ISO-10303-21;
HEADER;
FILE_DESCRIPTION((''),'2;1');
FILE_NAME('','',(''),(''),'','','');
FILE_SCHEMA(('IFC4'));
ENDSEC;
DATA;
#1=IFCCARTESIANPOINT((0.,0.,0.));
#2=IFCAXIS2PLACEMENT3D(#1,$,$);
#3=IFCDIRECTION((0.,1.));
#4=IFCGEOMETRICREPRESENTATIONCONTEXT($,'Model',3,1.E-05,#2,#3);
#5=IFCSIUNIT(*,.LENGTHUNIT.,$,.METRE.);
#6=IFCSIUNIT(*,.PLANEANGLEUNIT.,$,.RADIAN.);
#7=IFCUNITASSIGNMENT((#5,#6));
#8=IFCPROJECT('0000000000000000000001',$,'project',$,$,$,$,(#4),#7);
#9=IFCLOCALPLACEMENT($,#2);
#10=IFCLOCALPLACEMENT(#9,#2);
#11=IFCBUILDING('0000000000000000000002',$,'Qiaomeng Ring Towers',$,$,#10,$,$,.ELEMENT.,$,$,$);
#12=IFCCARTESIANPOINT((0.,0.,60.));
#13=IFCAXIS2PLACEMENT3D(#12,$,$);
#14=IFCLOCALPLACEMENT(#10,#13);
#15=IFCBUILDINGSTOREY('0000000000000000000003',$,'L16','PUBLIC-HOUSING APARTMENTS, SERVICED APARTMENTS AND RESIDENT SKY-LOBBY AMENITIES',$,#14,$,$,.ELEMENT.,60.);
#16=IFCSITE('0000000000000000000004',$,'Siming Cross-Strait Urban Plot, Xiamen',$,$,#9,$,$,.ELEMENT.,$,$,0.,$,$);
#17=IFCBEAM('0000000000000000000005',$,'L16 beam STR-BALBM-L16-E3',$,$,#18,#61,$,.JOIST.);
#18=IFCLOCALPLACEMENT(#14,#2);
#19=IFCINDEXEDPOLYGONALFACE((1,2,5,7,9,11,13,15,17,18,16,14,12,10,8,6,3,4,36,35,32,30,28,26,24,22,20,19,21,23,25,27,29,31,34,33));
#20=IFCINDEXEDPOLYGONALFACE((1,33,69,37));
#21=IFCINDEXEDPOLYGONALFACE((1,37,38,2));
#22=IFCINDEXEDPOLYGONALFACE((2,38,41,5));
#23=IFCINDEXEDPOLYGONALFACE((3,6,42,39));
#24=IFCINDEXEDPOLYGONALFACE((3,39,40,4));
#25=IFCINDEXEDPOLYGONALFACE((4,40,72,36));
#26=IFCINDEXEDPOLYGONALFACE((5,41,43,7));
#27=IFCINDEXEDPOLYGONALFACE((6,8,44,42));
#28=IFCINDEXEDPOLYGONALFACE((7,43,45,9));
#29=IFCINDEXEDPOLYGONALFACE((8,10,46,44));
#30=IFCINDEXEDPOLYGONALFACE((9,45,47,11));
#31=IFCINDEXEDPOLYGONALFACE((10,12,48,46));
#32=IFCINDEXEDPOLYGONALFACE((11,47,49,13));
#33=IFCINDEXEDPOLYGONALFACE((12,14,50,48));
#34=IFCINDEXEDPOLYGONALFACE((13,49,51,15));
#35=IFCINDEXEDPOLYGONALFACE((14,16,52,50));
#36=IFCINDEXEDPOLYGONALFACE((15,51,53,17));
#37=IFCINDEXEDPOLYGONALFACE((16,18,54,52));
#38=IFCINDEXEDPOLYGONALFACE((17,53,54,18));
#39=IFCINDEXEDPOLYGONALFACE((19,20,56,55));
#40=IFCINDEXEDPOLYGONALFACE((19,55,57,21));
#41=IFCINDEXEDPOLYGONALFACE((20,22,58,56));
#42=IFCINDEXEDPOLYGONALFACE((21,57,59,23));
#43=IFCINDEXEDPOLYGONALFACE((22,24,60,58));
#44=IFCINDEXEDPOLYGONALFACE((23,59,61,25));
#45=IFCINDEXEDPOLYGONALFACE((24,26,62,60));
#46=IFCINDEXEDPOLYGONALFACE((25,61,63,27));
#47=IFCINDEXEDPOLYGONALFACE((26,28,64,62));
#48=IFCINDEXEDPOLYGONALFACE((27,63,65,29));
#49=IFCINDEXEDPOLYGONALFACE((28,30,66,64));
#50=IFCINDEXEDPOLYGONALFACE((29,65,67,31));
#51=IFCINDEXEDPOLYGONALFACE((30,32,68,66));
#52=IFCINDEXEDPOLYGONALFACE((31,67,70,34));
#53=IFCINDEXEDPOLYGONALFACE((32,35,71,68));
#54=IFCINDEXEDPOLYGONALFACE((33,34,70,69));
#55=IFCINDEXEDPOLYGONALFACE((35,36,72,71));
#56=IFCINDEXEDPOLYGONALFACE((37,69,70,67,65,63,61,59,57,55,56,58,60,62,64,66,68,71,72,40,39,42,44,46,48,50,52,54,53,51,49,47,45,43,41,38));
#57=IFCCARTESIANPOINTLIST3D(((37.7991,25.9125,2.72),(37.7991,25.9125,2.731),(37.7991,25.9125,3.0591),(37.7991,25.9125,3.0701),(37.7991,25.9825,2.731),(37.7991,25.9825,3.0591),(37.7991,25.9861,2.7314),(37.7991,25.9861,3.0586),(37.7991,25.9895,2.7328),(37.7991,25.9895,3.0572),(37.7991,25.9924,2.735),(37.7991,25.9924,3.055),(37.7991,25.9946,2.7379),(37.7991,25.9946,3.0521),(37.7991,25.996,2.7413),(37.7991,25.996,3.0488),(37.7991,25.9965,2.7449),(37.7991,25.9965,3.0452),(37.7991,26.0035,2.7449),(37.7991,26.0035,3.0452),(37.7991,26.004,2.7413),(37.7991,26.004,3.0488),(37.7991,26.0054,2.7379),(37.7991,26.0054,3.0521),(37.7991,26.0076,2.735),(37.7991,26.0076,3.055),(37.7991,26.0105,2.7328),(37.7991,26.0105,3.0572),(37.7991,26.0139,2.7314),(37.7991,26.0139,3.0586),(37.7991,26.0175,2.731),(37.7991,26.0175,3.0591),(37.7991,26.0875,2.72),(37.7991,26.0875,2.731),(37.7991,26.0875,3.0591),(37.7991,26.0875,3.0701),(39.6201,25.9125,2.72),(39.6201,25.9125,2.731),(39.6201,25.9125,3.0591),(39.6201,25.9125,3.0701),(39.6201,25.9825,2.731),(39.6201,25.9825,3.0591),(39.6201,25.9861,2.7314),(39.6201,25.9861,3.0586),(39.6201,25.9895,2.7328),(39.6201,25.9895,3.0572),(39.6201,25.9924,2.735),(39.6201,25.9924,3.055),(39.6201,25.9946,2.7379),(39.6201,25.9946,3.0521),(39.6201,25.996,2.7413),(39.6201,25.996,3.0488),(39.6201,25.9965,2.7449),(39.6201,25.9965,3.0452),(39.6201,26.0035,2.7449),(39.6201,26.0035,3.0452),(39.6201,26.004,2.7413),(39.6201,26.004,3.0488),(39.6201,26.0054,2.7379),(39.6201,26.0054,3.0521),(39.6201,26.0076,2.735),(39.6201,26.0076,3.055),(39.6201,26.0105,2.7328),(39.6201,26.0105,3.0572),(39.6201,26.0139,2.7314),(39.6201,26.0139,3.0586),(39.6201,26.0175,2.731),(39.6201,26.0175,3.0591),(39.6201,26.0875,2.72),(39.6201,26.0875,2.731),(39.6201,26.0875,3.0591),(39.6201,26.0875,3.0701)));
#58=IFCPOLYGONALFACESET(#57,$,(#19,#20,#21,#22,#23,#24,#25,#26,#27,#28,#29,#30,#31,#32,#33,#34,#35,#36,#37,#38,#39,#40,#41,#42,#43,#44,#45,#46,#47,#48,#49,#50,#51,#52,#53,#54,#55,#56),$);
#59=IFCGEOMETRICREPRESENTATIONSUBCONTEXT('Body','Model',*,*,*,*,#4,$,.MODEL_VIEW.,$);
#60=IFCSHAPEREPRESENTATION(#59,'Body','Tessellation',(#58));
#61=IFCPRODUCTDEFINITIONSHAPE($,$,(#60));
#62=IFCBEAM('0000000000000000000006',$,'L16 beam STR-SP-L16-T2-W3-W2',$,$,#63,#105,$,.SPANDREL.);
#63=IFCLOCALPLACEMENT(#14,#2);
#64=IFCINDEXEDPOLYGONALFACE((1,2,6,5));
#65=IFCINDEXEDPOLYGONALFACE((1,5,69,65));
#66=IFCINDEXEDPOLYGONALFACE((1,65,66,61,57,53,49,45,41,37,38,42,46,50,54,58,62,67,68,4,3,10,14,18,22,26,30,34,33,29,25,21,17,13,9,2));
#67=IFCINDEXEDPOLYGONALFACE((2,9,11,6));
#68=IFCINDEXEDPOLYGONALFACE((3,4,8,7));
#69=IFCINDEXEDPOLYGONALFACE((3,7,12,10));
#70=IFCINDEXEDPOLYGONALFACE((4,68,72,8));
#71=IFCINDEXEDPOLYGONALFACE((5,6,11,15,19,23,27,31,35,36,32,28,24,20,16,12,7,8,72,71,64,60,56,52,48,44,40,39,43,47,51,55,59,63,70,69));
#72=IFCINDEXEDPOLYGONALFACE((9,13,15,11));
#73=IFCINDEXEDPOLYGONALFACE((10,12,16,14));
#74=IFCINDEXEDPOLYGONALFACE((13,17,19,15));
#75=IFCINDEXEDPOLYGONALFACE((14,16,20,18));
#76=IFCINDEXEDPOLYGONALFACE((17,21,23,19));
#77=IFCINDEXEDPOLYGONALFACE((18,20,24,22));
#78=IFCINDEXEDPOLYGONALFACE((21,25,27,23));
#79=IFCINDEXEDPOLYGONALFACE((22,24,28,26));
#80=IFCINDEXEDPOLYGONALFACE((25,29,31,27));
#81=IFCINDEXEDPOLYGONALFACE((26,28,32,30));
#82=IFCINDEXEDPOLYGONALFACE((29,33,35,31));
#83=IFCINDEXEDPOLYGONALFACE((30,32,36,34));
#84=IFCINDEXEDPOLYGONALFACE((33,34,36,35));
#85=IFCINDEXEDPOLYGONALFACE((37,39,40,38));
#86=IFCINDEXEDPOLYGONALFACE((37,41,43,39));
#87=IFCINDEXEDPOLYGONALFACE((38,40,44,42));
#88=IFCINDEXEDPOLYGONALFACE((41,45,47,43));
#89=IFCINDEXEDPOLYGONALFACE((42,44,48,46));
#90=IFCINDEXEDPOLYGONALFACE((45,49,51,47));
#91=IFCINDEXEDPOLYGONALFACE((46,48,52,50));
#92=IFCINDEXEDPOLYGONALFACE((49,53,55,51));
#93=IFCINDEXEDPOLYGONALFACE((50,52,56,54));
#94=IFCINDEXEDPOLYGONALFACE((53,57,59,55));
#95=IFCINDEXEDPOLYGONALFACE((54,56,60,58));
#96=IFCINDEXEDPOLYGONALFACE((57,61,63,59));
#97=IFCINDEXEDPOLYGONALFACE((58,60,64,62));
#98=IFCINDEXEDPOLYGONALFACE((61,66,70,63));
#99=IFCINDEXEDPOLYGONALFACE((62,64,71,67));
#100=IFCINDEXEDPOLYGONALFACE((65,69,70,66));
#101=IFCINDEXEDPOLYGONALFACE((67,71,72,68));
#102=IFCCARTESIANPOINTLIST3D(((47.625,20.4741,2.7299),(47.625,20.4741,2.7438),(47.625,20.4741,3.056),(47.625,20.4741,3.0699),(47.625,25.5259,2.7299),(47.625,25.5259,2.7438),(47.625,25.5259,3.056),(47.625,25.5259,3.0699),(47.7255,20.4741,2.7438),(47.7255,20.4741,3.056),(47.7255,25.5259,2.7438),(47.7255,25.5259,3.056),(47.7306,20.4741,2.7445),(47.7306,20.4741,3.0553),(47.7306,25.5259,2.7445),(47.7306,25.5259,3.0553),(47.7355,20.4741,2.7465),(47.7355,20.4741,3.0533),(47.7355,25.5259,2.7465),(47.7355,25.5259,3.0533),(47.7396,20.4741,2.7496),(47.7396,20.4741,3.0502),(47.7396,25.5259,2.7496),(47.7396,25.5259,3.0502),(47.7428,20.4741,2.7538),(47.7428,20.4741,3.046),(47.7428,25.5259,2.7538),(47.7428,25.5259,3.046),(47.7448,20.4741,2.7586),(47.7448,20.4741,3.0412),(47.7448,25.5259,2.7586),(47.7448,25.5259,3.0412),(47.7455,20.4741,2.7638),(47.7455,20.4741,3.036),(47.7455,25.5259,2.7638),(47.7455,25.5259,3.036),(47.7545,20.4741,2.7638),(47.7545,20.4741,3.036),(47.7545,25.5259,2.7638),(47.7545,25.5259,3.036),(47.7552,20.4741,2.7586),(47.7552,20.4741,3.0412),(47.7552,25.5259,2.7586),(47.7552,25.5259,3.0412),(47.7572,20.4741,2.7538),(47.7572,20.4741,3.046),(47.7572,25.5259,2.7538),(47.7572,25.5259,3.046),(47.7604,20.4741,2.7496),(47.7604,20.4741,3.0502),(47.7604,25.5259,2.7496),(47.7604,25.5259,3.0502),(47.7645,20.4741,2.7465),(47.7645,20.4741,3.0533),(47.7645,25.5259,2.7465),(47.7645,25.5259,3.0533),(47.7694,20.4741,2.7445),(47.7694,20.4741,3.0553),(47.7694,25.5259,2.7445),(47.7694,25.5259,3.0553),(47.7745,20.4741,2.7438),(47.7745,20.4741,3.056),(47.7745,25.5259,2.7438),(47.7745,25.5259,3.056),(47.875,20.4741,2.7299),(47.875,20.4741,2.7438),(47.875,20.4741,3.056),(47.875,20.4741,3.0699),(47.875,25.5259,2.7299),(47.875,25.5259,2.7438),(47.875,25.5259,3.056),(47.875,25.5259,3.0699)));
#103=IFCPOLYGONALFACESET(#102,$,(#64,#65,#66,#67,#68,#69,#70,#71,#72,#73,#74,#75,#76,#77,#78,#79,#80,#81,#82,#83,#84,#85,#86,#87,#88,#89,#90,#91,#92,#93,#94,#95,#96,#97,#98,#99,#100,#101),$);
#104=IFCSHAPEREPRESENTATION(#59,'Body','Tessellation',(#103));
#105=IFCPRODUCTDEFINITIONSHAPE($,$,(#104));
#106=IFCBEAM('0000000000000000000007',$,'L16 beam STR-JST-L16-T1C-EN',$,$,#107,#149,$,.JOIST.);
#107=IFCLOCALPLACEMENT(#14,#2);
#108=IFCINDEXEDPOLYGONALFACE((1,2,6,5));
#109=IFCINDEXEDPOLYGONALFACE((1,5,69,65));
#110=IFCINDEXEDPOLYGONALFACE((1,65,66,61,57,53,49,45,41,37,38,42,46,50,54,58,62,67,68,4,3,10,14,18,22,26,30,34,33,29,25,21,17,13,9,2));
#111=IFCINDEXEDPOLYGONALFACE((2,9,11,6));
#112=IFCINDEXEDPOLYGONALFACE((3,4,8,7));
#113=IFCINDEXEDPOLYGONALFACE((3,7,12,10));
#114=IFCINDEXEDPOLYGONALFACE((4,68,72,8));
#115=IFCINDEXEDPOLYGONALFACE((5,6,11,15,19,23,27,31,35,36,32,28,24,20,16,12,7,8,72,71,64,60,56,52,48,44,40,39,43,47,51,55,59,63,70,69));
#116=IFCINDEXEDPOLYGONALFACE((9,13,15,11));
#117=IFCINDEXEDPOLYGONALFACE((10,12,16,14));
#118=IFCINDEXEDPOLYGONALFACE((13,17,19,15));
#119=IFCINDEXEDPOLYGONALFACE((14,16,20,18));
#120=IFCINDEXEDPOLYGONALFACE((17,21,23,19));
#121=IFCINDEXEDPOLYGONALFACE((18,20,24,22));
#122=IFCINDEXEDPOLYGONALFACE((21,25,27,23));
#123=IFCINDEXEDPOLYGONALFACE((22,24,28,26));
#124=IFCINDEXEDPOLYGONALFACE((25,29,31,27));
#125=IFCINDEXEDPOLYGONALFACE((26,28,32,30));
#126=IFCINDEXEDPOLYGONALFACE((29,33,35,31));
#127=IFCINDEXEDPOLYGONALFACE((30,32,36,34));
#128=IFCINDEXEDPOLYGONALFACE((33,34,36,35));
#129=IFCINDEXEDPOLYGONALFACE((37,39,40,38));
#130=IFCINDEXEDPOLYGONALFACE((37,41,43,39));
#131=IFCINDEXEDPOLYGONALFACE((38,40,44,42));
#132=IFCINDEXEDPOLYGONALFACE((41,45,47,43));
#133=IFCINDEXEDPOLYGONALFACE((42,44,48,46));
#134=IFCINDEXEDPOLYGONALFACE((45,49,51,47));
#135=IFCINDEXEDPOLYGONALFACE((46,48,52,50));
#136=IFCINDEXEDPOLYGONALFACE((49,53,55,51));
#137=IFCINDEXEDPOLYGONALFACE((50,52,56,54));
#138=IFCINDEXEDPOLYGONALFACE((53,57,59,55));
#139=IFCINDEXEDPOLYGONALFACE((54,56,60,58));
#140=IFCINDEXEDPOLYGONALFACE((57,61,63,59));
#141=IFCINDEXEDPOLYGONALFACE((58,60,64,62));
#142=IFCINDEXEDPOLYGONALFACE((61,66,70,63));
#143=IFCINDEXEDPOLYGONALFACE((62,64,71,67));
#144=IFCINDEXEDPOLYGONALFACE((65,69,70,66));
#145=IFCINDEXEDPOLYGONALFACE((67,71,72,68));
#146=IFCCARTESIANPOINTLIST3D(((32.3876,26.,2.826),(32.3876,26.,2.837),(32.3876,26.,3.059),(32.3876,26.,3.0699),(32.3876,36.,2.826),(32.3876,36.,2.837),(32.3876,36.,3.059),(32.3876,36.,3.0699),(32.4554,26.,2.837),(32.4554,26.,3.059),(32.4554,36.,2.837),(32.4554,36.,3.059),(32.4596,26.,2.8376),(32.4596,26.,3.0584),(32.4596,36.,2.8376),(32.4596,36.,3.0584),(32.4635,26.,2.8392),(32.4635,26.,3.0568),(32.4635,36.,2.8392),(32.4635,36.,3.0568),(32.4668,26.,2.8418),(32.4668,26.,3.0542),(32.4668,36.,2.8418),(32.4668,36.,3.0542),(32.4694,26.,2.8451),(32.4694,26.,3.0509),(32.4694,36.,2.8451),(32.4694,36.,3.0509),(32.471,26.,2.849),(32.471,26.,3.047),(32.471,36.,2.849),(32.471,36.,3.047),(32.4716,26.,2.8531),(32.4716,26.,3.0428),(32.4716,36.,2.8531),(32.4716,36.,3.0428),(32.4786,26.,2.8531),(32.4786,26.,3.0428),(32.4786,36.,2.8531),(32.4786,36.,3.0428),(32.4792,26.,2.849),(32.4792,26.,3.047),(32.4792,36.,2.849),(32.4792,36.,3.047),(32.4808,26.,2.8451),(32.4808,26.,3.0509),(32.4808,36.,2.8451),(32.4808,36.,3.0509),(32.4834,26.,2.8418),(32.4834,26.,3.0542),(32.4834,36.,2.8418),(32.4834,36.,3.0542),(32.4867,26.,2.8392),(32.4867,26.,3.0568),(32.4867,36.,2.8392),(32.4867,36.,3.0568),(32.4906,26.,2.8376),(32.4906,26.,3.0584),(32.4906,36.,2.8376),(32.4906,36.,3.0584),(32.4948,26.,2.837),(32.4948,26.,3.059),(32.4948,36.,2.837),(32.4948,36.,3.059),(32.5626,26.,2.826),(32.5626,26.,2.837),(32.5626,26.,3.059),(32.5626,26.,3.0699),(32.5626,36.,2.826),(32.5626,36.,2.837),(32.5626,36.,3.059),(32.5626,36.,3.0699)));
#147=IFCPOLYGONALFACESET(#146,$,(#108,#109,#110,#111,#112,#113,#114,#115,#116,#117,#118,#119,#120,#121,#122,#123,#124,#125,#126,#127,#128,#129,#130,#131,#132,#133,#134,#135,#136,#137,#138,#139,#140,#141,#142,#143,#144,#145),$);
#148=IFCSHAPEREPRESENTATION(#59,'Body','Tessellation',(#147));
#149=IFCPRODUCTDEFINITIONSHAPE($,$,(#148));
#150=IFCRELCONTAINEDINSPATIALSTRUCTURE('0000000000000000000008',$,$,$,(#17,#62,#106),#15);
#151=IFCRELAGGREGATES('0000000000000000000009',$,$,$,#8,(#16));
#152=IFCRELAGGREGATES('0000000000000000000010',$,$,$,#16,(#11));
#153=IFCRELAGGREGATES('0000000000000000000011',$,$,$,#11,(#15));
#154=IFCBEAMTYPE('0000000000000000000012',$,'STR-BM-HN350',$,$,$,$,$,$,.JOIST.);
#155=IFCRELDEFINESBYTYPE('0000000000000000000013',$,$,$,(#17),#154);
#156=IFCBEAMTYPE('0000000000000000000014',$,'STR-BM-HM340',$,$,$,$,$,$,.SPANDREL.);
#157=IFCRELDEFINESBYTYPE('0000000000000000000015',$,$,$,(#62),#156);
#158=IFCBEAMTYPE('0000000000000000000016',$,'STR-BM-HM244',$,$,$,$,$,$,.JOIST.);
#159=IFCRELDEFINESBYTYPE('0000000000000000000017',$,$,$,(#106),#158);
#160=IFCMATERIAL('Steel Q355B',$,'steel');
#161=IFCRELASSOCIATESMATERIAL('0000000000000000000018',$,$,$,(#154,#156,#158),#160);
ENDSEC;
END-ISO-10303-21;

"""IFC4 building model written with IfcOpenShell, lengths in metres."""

from ifc_helpers import new_model, si_unit, direction, frame, origin, origin_2d, place, context, subcontext, project, spatial, i_section, extrude, source, transform, mapped, material, material_profile, profile_set, type_object, element, save


model = new_model("IFC4")

# Units and contexts
model_context = context("Model", 3, precision=1e-05, world=origin(), true_north=direction((0.0, 1.0)))
body_context = subcontext(model_context, "Body", "Model", "MODEL_VIEW")
ifc_project = project(units=[si_unit("LENGTHUNIT", "METRE"), si_unit("PLANEANGLEUNIT", "RADIAN")], contexts=[model_context])

# Site, building, storey
site_placement = place(None, origin())
site = spatial("IfcSite", under=ifc_project, at=site_placement, Name="Siming Cross-Strait Urban Plot, Xiamen", CompositionType="ELEMENT", RefElevation=0.0)
building_placement = place(site_placement, origin())
building = spatial("IfcBuilding", under=site, at=building_placement, Name="Qiaomeng Ring Towers", CompositionType="ELEMENT")
storey_placement = place(building_placement, frame((0.0, 0.0, 60.0)))
storey = spatial("IfcBuildingStorey", under=building, at=storey_placement, Name="L16", Description="PUBLIC-HOUSING APARTMENTS, SERVICED APARTMENTS AND RESIDENT SKY-LOBBY AMENITIES", CompositionType="ELEMENT", Elevation=60.0)

# Beams
ifc_material_1 = material(Name="Steel Q355B", Category="steel")
ifc_material_profile_1 = material_profile(ifc_material_1, i_section(OverallWidth=0.175, OverallDepth=0.3501, WebThickness=0.0071, FlangeThickness=0.011, FilletRadius=0.0139, at=origin_2d()), Name="HN 350x175x7x11")
ifc_profile_set_1 = profile_set([ifc_material_profile_1], Name="Steel Q355B")
beam_type_1 = type_object("IfcBeamType", Name="STR-BM-HN350", PredefinedType="JOIST", material=ifc_profile_set_1)
shared_shape_1 = source(origin(), body_context, "Body", "SweptSolid", [
    extrude(i_section(OverallWidth=0.175, OverallDepth=0.3501, WebThickness=0.0071, FlangeThickness=0.011, FilletRadius=0.0139, at=origin_2d()), origin(), (0.0, 0.0, 1.0), 1.821),
])
beam_1_placement = place(storey_placement, frame((37.7991, 26.0, 2.895), z_axis=(1.0, 0.0, 0.0), x_axis=(0.0, 1.0, 0.0)))
element("IfcBeam", 1, at=beam_1_placement, inside=storey, type_object=beam_type_1, Name="L16 beam STR-BALBM-L16-E3", PredefinedType="JOIST", context=body_context, shape_type="MappedRepresentation", body=[
    mapped(shared_shape_1, transform((0.0, 0.0, 0.0), x_axis=(1.0, 0.0, 0.0), y_axis=(0.0, 1.0, 0.0), z_axis=(0.0, 0.0, 1.0), scale=1.0)),
])
ifc_material_profile_2 = material_profile(ifc_material_1, i_section(OverallWidth=0.25, OverallDepth=0.3401, WebThickness=0.009, FlangeThickness=0.0139, FilletRadius=0.02, at=origin_2d()), Name="HM 340x250x9x14")
ifc_profile_set_2 = profile_set([ifc_material_profile_2], Name="Steel Q355B")
beam_type_2 = type_object("IfcBeamType", Name="STR-BM-HM340", PredefinedType="SPANDREL", material=ifc_profile_set_2)
shared_shape_2 = source(origin(), body_context, "Body", "SweptSolid", [
    extrude(i_section(OverallWidth=0.25, OverallDepth=0.3401, WebThickness=0.009, FlangeThickness=0.0139, FilletRadius=0.02, at=origin_2d()), origin(), (0.0, 0.0, 1.0), 5.0518),
])
beam_2_placement = place(storey_placement, frame((47.75, 25.5259, 2.8999), z_axis=(0.0, -1.0, 0.0), x_axis=(1.0, 0.0, 0.0)))
element("IfcBeam", 2, at=beam_2_placement, inside=storey, type_object=beam_type_2, Name="L16 beam STR-SP-L16-T2-W3-W2", PredefinedType="SPANDREL", context=body_context, shape_type="MappedRepresentation", body=[
    mapped(shared_shape_2, transform((0.0, 0.0, 0.0), x_axis=(1.0, 0.0, 0.0), y_axis=(0.0, 1.0, 0.0), z_axis=(0.0, 0.0, 1.0), scale=1.0)),
])
ifc_material_profile_3 = material_profile(ifc_material_1, i_section(OverallWidth=0.175, OverallDepth=0.2439, WebThickness=0.0071, FlangeThickness=0.011, FilletRadius=0.0161, at=origin_2d()), Name="HM 244x175x7x11")
ifc_profile_set_3 = profile_set([ifc_material_profile_3], Name="Steel Q355B")
beam_type_3 = type_object("IfcBeamType", Name="STR-BM-HM244", PredefinedType="JOIST", material=ifc_profile_set_3)
shared_shape_3 = source(origin(), body_context, "Body", "SweptSolid", [
    extrude(i_section(OverallWidth=0.175, OverallDepth=0.2439, WebThickness=0.0071, FlangeThickness=0.011, FilletRadius=0.0161, at=origin_2d()), origin(), (0.0, 0.0, 1.0), 10.0),
])
beam_3_placement = place(storey_placement, frame((32.4751, 26.0, 2.948), z_axis=(0.0, 1.0, 0.0), x_axis=(-1.0, 0.0, 0.0)))
element("IfcBeam", 3, at=beam_3_placement, inside=storey, type_object=beam_type_3, Name="L16 beam STR-JST-L16-T1C-EN", PredefinedType="JOIST", context=body_context, shape_type="MappedRepresentation", body=[
    mapped(shared_shape_3, transform((0.0, 0.0, 0.0), x_axis=(1.0, 0.0, 0.0), y_axis=(0.0, 1.0, 0.0), z_axis=(0.0, 0.0, 1.0), scale=1.0)),
])

save(model, "model.ifc")
